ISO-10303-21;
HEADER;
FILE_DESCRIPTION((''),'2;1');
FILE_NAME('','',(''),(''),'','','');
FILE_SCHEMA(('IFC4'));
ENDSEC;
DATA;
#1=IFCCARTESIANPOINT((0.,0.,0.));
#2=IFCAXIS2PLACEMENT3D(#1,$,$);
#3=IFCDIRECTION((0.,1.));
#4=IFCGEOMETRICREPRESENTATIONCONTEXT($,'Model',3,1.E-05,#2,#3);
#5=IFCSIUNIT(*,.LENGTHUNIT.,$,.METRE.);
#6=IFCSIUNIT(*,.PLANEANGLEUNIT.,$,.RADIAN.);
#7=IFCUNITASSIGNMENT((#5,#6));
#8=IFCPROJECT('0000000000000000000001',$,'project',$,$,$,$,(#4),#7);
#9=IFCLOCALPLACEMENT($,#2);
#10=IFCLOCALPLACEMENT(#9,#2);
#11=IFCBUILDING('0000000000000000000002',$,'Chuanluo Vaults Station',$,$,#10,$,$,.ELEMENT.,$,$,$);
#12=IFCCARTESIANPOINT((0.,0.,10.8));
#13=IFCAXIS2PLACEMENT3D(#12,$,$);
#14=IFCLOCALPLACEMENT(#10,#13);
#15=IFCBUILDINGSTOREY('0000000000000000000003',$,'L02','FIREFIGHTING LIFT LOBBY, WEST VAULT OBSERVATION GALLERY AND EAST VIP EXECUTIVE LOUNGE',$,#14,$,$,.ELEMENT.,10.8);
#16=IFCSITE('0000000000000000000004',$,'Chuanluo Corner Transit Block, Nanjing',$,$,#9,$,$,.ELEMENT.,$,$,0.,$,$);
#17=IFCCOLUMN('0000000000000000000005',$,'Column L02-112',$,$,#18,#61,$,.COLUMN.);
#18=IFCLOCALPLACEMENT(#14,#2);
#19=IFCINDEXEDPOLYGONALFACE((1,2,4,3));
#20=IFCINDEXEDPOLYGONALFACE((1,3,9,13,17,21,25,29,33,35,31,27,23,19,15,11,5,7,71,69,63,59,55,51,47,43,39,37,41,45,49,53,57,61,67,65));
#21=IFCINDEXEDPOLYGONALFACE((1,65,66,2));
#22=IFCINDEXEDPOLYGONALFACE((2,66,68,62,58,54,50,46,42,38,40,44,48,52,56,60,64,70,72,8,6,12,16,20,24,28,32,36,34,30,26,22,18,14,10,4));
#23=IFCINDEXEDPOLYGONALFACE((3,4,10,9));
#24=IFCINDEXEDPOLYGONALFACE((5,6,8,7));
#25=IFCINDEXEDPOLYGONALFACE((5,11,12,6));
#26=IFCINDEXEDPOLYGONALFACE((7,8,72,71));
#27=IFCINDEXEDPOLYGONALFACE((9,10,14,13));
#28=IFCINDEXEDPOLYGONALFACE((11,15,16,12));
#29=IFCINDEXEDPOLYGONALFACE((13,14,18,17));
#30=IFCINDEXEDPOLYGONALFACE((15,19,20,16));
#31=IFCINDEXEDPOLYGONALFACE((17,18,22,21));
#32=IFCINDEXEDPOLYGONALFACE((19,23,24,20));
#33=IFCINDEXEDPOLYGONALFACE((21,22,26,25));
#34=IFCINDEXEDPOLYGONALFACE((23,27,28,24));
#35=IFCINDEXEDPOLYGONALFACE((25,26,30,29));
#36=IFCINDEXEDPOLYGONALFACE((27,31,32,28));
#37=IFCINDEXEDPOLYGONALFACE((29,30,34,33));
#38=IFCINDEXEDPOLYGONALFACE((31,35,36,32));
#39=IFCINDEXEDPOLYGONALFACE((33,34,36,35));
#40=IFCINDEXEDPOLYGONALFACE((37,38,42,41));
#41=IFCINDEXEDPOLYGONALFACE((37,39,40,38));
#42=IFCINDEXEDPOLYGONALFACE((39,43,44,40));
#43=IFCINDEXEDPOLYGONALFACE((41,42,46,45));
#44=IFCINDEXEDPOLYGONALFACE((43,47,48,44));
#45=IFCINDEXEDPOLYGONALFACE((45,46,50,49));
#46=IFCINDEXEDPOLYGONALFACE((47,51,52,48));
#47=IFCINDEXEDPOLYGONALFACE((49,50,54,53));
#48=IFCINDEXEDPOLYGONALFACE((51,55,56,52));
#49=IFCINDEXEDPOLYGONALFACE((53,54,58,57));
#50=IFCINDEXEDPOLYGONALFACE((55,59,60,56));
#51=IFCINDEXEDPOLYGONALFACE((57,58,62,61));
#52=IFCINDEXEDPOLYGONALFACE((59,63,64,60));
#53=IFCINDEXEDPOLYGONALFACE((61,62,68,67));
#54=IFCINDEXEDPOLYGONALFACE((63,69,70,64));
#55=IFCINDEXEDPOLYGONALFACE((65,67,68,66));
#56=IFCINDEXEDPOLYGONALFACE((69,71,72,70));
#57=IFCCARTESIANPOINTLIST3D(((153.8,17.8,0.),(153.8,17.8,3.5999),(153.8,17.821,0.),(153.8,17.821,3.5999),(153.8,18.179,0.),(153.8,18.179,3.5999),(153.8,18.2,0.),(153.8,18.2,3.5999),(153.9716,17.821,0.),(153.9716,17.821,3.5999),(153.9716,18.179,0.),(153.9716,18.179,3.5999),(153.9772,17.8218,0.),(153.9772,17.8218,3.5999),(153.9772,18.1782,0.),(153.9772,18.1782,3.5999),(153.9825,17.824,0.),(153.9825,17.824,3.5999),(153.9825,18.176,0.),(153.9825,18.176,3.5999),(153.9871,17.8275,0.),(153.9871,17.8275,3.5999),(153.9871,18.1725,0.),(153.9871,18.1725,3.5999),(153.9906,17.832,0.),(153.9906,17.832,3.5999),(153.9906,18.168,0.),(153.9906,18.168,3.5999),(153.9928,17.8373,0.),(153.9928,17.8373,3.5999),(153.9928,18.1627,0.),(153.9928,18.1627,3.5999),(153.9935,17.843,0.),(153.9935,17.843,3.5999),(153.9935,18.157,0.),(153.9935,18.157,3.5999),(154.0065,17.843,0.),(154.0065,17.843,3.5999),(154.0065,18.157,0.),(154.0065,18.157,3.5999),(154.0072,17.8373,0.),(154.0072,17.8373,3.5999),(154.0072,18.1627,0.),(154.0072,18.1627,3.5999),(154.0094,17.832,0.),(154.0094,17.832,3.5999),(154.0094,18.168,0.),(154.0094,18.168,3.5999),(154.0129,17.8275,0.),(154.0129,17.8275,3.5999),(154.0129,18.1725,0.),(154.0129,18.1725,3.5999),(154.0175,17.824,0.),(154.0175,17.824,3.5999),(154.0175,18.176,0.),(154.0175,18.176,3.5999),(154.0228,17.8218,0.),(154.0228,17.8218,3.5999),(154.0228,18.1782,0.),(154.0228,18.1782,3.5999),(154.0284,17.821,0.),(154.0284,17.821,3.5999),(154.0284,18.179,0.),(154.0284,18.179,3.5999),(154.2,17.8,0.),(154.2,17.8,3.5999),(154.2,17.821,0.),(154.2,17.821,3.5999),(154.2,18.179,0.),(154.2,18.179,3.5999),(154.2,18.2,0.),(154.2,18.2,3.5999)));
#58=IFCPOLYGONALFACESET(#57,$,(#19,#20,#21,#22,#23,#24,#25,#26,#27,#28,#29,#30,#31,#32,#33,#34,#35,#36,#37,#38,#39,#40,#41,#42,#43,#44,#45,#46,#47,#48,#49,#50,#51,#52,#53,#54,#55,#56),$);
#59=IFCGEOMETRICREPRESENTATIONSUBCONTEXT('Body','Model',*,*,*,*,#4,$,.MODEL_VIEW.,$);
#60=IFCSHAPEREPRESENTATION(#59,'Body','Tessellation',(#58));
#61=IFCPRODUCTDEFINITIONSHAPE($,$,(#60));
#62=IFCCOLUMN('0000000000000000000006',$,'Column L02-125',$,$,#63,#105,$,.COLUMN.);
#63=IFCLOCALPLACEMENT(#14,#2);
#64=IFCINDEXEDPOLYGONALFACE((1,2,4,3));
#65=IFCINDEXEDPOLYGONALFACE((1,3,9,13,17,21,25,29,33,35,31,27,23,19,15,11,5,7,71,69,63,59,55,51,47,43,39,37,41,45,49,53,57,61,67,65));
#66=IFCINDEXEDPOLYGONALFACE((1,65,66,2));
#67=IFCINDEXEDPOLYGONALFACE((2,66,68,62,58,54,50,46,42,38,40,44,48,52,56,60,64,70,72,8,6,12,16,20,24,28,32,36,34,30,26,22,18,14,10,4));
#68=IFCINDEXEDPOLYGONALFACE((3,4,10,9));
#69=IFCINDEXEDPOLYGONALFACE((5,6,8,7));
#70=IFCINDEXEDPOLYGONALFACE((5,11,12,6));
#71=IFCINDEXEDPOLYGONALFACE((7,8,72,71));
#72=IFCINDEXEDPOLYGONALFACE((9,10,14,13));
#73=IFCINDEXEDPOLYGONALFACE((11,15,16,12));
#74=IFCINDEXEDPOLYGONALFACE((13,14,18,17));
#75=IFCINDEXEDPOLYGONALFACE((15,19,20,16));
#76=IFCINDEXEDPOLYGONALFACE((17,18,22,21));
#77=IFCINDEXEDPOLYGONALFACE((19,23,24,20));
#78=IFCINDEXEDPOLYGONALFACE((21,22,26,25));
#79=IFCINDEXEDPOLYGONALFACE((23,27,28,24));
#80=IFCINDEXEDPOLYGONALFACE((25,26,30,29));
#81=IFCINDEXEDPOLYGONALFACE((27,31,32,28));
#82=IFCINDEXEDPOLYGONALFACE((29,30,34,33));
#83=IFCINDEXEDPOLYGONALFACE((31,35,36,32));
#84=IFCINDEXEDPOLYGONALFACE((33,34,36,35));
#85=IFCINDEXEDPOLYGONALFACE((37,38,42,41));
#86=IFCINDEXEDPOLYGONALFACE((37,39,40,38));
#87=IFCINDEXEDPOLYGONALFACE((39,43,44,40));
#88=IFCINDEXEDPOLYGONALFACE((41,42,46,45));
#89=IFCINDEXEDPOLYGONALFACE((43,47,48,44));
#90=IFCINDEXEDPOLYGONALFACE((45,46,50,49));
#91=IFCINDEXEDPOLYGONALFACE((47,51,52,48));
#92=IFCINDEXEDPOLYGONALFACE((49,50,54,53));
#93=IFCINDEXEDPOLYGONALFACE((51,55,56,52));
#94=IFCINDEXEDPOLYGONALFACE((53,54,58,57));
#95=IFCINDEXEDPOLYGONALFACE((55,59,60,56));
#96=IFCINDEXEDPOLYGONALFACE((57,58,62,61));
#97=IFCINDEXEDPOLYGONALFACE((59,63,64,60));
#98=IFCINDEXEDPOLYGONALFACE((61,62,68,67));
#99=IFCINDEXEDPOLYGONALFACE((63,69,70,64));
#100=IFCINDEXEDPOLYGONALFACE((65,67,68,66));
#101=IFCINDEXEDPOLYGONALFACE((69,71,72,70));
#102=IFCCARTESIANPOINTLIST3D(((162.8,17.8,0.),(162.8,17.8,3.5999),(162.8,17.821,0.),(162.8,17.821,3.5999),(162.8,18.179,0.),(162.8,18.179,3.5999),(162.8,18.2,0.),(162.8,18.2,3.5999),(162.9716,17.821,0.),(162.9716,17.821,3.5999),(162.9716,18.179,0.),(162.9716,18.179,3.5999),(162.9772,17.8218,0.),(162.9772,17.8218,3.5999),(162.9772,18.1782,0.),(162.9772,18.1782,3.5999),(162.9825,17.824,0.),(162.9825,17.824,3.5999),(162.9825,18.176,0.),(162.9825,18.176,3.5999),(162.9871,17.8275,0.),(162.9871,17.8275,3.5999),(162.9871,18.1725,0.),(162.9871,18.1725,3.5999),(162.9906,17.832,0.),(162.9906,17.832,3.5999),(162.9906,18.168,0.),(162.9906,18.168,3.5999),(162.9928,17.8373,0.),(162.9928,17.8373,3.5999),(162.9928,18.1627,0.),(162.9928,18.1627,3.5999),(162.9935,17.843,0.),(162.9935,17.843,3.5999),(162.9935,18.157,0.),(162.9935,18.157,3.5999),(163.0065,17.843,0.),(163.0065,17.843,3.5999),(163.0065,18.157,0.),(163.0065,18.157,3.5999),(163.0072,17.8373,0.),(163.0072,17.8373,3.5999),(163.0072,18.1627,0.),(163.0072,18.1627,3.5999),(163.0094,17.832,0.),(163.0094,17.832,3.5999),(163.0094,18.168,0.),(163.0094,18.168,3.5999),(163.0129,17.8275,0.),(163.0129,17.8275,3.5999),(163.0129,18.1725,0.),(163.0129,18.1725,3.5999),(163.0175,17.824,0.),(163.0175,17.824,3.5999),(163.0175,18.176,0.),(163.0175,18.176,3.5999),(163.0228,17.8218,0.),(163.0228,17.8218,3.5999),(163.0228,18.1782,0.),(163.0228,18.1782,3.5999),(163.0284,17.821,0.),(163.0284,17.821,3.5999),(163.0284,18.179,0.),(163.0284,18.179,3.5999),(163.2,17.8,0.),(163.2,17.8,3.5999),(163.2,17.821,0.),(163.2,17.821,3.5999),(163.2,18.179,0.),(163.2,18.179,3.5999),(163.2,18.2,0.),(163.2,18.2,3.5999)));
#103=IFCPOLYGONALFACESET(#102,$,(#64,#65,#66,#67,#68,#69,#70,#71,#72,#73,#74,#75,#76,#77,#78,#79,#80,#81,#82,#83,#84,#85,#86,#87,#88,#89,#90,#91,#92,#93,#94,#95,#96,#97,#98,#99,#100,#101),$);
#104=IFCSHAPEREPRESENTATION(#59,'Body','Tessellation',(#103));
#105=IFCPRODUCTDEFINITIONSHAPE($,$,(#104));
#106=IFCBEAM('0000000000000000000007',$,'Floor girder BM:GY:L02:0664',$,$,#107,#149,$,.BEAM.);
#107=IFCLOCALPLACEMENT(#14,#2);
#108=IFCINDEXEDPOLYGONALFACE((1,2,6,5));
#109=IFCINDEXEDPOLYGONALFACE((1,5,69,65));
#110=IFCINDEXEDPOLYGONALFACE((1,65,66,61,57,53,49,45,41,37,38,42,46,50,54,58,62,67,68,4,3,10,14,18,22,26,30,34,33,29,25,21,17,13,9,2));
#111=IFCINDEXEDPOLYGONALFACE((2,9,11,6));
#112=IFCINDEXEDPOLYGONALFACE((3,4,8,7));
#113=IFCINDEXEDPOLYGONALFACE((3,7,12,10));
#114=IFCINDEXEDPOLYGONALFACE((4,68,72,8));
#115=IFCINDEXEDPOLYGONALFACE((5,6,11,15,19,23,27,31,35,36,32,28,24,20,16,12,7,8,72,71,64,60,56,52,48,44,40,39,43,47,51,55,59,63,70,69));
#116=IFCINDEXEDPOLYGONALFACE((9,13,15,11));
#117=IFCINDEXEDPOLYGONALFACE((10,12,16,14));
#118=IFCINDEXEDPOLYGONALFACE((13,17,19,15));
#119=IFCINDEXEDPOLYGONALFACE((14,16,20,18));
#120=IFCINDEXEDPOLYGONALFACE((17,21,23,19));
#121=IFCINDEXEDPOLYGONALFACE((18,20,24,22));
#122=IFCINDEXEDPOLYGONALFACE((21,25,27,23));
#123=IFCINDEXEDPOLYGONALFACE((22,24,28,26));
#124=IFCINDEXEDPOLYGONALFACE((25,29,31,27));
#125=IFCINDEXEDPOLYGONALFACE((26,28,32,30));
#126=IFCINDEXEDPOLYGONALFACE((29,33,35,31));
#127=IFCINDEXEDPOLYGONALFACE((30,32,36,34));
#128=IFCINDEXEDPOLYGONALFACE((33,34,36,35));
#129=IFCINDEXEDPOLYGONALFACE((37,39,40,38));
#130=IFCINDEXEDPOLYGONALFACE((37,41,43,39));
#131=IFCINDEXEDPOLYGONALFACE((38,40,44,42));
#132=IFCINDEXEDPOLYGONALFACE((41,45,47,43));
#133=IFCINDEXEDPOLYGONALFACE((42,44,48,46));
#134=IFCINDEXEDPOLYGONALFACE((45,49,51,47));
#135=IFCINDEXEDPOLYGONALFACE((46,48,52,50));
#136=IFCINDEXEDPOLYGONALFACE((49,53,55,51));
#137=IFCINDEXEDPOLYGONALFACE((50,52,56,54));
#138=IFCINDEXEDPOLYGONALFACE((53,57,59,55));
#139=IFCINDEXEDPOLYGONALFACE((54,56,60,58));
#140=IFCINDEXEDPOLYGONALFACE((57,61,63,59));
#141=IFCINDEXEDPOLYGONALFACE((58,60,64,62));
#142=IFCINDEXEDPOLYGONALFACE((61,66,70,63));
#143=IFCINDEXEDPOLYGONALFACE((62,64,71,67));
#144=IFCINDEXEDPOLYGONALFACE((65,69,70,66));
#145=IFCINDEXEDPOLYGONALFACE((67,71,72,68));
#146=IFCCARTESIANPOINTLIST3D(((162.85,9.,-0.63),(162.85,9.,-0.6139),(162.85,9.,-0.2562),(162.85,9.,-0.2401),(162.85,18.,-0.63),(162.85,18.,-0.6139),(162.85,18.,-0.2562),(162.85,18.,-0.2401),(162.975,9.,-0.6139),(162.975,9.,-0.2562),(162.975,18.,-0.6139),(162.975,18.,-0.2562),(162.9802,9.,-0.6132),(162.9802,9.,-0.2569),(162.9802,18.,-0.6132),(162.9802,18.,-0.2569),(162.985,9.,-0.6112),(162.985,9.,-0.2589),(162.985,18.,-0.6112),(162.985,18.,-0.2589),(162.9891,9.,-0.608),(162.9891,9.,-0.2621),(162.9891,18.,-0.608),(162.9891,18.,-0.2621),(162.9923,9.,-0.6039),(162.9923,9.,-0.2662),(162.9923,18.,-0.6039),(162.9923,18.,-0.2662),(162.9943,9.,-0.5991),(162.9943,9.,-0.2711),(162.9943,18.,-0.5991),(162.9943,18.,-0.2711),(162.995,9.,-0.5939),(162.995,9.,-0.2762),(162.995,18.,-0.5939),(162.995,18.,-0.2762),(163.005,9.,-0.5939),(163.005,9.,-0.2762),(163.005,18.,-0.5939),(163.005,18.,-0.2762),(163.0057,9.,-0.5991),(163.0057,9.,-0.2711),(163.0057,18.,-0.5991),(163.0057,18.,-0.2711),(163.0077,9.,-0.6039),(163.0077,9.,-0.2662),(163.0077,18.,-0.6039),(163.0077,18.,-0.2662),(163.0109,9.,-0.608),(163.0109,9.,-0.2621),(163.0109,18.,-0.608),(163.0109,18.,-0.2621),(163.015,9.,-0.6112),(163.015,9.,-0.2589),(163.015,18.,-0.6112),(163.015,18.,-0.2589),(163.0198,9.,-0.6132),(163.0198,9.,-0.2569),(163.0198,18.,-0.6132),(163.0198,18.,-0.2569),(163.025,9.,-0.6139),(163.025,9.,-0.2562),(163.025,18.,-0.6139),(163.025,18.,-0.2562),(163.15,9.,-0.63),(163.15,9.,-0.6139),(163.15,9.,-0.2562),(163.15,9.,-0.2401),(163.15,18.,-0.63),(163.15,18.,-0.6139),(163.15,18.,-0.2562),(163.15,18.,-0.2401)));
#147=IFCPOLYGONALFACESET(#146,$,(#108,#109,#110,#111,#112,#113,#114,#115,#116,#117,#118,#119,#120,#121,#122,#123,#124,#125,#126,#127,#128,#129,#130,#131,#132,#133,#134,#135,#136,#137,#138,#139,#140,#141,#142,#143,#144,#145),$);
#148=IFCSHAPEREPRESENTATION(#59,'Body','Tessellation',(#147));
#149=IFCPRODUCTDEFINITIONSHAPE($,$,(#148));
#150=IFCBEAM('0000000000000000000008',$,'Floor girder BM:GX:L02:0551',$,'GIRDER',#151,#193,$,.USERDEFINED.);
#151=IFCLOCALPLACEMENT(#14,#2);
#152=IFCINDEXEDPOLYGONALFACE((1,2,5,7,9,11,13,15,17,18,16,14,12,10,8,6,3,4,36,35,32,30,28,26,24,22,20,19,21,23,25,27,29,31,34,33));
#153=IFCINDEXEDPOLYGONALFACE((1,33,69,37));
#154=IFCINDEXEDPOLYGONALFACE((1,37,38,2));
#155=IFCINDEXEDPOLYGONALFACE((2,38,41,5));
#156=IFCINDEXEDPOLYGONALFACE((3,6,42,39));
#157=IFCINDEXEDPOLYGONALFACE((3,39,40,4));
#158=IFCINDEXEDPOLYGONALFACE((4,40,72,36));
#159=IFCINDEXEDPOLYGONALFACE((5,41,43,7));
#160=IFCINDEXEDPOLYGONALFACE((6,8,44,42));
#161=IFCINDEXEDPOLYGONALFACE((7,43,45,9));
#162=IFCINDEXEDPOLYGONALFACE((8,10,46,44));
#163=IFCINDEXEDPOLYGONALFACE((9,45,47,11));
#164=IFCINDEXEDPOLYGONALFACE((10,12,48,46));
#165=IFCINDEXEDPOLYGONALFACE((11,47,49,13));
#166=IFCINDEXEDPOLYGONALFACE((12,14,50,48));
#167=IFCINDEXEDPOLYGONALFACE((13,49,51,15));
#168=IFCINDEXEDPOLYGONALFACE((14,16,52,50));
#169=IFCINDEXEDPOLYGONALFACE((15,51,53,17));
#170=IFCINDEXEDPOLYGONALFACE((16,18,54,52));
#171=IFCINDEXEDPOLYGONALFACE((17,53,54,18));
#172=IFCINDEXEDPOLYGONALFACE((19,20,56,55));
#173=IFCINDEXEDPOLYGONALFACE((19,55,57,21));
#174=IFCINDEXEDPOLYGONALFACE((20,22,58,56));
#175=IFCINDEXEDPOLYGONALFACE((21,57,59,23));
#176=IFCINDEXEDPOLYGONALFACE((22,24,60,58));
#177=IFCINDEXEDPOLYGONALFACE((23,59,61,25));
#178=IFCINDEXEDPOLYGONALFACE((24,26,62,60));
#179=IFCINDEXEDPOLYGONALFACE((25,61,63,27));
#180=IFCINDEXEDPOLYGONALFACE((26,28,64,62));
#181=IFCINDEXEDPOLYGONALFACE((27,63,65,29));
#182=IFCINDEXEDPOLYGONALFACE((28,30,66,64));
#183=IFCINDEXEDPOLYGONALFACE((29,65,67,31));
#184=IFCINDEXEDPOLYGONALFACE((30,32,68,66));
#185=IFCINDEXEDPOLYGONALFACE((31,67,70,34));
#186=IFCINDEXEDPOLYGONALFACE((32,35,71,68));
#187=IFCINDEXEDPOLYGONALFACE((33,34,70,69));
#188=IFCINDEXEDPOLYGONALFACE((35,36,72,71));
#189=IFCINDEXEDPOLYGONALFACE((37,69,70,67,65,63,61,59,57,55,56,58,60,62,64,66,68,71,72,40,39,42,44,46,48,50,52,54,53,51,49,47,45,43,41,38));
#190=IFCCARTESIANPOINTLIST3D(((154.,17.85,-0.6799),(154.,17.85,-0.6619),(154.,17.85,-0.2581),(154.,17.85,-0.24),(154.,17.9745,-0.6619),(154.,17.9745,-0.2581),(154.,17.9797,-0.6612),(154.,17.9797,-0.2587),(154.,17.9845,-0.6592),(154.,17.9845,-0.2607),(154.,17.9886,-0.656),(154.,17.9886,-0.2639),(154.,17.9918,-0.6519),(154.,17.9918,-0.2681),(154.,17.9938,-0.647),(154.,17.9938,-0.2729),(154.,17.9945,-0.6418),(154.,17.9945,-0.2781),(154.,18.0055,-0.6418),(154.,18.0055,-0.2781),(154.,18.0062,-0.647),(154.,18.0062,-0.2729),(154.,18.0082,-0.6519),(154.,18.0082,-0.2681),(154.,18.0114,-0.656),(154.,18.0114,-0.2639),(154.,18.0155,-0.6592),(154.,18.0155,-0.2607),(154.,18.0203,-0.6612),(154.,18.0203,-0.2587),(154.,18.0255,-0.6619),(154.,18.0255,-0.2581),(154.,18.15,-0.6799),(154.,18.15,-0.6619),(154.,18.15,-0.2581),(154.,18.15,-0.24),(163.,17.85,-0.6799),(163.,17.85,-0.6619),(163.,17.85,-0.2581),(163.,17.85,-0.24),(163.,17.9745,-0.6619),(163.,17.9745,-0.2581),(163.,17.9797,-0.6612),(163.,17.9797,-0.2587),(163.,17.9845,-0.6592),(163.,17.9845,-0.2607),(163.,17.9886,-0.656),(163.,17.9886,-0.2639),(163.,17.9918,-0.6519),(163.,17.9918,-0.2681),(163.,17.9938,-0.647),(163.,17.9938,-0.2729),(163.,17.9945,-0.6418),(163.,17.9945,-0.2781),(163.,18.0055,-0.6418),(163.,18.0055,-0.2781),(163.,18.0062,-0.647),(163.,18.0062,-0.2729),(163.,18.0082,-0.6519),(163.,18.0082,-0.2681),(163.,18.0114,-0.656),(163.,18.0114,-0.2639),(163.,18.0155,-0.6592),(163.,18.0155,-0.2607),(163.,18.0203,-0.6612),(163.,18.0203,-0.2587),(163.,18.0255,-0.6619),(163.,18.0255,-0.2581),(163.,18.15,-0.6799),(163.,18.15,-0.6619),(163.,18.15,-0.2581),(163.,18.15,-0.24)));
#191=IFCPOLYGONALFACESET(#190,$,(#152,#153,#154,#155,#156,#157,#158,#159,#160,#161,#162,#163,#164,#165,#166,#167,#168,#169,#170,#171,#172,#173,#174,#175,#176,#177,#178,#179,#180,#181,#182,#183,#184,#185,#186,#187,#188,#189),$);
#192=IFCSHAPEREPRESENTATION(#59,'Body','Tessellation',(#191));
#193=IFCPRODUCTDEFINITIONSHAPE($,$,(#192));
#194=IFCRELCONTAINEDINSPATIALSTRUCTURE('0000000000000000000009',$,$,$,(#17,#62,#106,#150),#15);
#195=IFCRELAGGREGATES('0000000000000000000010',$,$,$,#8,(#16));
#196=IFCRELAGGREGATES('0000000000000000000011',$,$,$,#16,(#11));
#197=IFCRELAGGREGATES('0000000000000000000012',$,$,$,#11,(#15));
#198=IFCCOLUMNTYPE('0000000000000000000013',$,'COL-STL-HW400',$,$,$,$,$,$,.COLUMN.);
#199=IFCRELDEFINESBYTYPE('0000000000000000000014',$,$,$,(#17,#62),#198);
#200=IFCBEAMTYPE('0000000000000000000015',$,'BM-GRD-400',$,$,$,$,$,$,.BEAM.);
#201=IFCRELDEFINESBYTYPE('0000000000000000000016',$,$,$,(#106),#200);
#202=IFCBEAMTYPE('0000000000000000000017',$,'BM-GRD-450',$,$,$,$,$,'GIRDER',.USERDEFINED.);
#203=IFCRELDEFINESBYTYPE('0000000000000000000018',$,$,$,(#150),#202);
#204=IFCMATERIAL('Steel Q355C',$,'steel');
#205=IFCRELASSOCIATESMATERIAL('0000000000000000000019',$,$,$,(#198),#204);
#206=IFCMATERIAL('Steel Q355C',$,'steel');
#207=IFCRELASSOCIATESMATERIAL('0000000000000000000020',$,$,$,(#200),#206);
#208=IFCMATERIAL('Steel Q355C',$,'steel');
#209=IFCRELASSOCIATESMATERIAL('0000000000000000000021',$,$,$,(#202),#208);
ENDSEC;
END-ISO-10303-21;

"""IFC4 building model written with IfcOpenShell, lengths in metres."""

from ifc_helpers import new_model, si_unit, direction, frame, origin, origin_2d, place, context, subcontext, project, spatial, i_section, extrude, material, material_profile, profile_set, type_object, element, save


model = new_model("IFC4")

# Units and contexts
model_context = context("Model", 3, precision=1e-05, world=origin(), true_north=direction((0.0, 1.0)))
body_context = subcontext(model_context, "Body", "Model", "MODEL_VIEW")
ifc_project = project(units=[si_unit("LENGTHUNIT", "METRE"), si_unit("PLANEANGLEUNIT", "RADIAN")], contexts=[model_context])

# Site, building, storey
site_placement = place(None, origin())
site = spatial("IfcSite", under=ifc_project, at=site_placement, Name="Chuanluo Corner Transit Block, Nanjing", CompositionType="ELEMENT", RefElevation=0.0)
building_placement = place(site_placement, origin())
building = spatial("IfcBuilding", under=site, at=building_placement, Name="Chuanluo Vaults Station", CompositionType="ELEMENT")
storey_placement = place(building_placement, frame((0.0, 0.0, 10.8)))
storey = spatial("IfcBuildingStorey", under=building, at=storey_placement, Name="L02", Description="FIREFIGHTING LIFT LOBBY, WEST VAULT OBSERVATION GALLERY AND EAST VIP EXECUTIVE LOUNGE", CompositionType="ELEMENT", Elevation=10.8)

# Columns
ifc_material_1 = material(Name="Steel Q355C", Category="steel")
ifc_material_profile_1 = material_profile(ifc_material_1, i_section(OverallWidth=0.3999, OverallDepth=0.3999, WebThickness=0.0129, FlangeThickness=0.021, FilletRadius=0.022, at=origin_2d()))
ifc_profile_set_1 = profile_set([ifc_material_profile_1], Name="Steel Q355C")
column_type = type_object("IfcColumnType", Name="COL-STL-HW400", PredefinedType="COLUMN", material=ifc_profile_set_1)
for number, where, z_axis, x_axis, name in (
    (1, (154.0, 18.0, 0.0), (0.0, 0.0, 1.0), (1.0, 0.0, 0.0), "Column L02-112"),
    (2, (163.0, 18.0, 0.0), (0.0, 0.0, 1.0), (1.0, 0.0, 0.0), "Column L02-125"),
):
    element("IfcColumn", number, at=place(storey_placement, frame(where, z_axis=z_axis, x_axis=x_axis)), inside=storey, type_object=column_type, Name=name, PredefinedType="COLUMN", context=body_context, shape_type="SweptSolid", body=[
        extrude(i_section(OverallWidth=0.3999, OverallDepth=0.3999, WebThickness=0.0129, FlangeThickness=0.021, FilletRadius=0.022, at=origin_2d()), origin(), (0.0, 0.0, 1.0), 3.5999),
    ])

# Beams
ifc_material_2 = material(Name="Steel Q355C", Category="steel")
ifc_material_profile_2 = material_profile(ifc_material_2, i_section(OverallWidth=0.3, OverallDepth=0.3899, WebThickness=0.01, FlangeThickness=0.0161, FilletRadius=0.02, at=origin_2d()))
ifc_profile_set_2 = profile_set([ifc_material_profile_2], Name="Steel Q355C")
beam_type_1 = type_object("IfcBeamType", Name="BM-GRD-400", PredefinedType="BEAM", material=ifc_profile_set_2)
beam_1_placement = place(storey_placement, frame((163.0, 9.0, -0.4351), z_axis=(0.0, 1.0, 0.0), x_axis=(-1.0, 0.0, 0.0)))
element("IfcBeam", 3, at=beam_1_placement, inside=storey, type_object=beam_type_1, Name="Floor girder BM:GY:L02:0664", PredefinedType="BEAM", context=body_context, shape_type="SweptSolid", body=[
    extrude(i_section(OverallWidth=0.3, OverallDepth=0.3899, WebThickness=0.01, FlangeThickness=0.0161, FilletRadius=0.02, at=origin_2d()), origin(), (0.0, 0.0, 1.0), 9.0),
])
ifc_material_3 = material(Name="Steel Q355C", Category="steel")
ifc_material_profile_3 = material_profile(ifc_material_3, i_section(OverallWidth=0.3, OverallDepth=0.4399, WebThickness=0.011, FlangeThickness=0.0181, FilletRadius=0.02, at=origin_2d()))
ifc_profile_set_3 = profile_set([ifc_material_profile_3], Name="Steel Q355C")
beam_type_2 = type_object("IfcBeamType", Name="BM-GRD-450", ElementType="GIRDER", PredefinedType="USERDEFINED", material=ifc_profile_set_3)
for number, where, z_axis, x_axis, name in (
    (4, (154.0, 18.0, -0.46), (1.0, 0.0, 0.0), (0.0, 1.0, 0.0), "Floor girder BM:GX:L02:0551"),
):
    element("IfcBeam", number, at=place(storey_placement, frame(where, z_axis=z_axis, x_axis=x_axis)), inside=storey, type_object=beam_type_2, Name=name, ObjectType="GIRDER", PredefinedType="USERDEFINED", context=body_context, shape_type="SweptSolid", body=[
        extrude(i_section(OverallWidth=0.3, OverallDepth=0.4399, WebThickness=0.011, FlangeThickness=0.0181, FilletRadius=0.02, at=origin_2d()), origin(), (0.0, 0.0, 1.0), 9.0),
    ])

save(model, "model.ifc")
